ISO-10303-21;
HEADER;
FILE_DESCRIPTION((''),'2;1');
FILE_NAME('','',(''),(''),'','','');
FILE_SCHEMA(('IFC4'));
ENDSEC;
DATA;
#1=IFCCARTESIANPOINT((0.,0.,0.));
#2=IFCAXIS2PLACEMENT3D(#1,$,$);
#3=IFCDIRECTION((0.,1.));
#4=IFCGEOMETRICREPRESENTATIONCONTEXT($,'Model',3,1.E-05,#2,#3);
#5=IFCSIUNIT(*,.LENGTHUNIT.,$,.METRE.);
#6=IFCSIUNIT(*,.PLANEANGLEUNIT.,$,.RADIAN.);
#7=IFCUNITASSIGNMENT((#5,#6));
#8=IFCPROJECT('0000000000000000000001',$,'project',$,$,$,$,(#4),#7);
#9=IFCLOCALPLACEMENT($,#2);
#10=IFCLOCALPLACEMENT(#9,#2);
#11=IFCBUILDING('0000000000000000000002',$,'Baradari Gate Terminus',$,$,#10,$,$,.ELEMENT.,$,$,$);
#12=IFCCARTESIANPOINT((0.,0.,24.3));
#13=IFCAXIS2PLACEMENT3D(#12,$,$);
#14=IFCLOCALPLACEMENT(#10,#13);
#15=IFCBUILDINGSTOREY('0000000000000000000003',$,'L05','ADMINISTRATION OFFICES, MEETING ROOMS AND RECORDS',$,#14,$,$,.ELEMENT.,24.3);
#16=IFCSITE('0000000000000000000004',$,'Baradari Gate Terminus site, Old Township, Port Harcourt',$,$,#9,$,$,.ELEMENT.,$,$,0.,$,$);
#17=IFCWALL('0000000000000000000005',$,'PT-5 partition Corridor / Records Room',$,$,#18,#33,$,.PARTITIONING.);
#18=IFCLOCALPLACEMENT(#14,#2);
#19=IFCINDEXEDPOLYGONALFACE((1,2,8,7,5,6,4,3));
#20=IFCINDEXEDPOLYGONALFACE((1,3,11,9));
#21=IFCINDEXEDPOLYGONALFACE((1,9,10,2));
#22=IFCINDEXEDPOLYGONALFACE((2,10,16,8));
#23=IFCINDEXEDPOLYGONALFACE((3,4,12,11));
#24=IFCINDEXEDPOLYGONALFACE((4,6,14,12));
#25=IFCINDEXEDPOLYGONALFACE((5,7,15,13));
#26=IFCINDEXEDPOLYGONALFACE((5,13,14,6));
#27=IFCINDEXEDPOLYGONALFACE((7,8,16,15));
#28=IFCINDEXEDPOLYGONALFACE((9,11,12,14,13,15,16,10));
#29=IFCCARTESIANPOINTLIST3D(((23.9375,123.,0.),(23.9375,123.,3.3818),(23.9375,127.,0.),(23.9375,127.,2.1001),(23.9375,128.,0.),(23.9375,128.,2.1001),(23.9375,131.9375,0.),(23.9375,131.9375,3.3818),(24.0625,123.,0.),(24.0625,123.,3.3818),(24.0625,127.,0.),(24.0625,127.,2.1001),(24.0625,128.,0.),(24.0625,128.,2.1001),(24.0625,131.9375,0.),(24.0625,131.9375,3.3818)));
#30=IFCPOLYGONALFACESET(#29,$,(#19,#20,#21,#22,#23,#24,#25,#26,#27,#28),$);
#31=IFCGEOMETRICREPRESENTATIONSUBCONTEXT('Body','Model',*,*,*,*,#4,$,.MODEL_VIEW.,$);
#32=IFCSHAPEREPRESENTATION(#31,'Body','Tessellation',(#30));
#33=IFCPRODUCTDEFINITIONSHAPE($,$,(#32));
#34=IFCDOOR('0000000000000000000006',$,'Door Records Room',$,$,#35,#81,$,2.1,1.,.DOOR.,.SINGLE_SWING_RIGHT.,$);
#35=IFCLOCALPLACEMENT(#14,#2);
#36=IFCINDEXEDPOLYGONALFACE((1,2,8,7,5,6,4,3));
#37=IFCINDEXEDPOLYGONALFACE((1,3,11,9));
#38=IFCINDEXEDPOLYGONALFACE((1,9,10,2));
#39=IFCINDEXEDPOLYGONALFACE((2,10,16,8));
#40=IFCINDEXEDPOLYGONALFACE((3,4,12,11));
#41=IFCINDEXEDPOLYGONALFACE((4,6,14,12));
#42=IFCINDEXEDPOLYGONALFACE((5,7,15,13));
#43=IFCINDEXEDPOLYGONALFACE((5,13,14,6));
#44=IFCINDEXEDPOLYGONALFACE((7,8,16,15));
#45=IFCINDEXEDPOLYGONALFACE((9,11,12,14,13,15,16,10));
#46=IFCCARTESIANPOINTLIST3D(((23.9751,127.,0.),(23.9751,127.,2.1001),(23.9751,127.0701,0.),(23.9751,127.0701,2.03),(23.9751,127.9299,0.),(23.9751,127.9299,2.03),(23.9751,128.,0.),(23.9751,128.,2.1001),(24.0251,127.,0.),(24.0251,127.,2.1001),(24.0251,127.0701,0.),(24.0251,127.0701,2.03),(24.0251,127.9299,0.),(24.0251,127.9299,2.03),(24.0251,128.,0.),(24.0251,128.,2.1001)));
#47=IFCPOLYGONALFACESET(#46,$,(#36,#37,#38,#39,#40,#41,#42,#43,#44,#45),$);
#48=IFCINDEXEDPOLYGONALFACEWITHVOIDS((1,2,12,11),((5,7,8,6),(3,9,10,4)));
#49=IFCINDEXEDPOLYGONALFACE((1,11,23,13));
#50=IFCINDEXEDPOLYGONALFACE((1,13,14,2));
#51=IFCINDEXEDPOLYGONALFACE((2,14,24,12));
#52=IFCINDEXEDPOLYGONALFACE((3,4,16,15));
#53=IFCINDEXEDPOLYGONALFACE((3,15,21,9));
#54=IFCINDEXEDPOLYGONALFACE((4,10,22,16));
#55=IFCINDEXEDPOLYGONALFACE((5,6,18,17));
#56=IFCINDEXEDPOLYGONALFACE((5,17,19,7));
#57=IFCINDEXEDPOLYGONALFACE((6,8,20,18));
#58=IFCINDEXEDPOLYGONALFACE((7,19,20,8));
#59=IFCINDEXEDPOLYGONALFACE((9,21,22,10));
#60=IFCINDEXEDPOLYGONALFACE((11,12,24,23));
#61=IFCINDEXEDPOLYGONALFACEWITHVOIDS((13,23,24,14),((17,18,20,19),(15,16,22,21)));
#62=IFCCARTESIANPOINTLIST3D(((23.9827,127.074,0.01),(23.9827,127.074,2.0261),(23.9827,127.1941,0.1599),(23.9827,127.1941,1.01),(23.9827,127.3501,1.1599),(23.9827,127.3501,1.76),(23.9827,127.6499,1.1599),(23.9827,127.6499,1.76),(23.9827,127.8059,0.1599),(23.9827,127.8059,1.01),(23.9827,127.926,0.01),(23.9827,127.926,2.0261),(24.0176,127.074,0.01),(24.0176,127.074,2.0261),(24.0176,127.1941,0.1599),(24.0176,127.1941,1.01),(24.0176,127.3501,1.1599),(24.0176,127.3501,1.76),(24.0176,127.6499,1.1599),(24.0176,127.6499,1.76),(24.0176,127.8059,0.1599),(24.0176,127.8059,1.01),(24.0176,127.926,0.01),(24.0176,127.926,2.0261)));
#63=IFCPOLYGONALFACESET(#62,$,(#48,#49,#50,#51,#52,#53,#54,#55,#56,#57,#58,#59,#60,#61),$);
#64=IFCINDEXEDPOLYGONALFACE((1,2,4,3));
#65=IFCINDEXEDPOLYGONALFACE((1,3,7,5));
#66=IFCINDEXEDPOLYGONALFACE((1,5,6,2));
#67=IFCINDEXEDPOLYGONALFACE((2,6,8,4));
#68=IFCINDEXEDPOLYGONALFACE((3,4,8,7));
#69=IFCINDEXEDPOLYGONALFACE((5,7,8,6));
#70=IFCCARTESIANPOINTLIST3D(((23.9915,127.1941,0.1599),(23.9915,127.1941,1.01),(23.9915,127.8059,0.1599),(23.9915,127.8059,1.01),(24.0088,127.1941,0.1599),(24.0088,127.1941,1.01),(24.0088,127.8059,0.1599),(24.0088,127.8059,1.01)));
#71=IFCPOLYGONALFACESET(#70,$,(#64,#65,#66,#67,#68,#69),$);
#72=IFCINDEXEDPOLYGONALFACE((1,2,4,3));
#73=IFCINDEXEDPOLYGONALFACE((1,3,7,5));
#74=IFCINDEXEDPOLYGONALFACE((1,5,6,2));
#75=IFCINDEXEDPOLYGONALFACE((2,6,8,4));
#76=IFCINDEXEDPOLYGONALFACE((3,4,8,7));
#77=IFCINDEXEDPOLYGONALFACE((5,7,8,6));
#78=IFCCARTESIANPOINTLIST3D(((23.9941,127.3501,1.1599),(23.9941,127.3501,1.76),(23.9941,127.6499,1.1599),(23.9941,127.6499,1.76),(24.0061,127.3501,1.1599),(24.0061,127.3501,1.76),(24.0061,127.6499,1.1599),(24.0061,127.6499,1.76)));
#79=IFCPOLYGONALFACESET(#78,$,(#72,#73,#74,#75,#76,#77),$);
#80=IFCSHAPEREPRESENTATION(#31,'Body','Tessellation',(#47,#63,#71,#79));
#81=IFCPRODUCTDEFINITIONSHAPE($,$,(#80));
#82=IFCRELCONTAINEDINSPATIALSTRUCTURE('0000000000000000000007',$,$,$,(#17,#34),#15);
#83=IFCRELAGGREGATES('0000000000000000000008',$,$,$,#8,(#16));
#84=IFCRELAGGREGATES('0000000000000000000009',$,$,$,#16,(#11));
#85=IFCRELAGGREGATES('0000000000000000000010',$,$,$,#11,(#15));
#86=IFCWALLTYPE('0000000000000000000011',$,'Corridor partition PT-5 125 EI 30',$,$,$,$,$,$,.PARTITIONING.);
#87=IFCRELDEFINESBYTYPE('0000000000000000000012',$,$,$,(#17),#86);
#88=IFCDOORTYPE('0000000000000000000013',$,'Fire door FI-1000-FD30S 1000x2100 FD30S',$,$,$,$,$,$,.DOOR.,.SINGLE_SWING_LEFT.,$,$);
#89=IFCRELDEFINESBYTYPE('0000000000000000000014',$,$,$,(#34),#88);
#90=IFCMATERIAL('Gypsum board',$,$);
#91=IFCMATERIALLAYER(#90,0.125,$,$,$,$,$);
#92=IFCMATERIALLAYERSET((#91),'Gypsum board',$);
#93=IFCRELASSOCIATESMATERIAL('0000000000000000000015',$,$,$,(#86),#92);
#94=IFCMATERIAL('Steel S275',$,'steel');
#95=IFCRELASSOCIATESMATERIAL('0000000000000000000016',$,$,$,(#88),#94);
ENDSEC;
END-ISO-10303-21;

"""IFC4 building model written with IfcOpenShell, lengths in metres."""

from ifc_helpers import new_model, si_unit, direction, frame, frame_2d, origin, place, context, subcontext, project, spatial, polyline, rectangle, outline, extrude, material, layer, layer_set, type_object, element, fill, save


model = new_model("IFC4")

# Units and contexts
model_context = context("Model", 3, precision=1e-05, world=origin(), true_north=direction((0.0, 1.0)))
body_context = subcontext(model_context, "Body", "Model", "MODEL_VIEW")
ifc_project = project(units=[si_unit("LENGTHUNIT", "METRE"), si_unit("PLANEANGLEUNIT", "RADIAN")], contexts=[model_context])

# Site, building, storey
site_placement = place(None, origin())
site = spatial("IfcSite", under=ifc_project, at=site_placement, Name="Baradari Gate Terminus site, Old Township, Port Harcourt", CompositionType="ELEMENT", RefElevation=0.0)
building_placement = place(site_placement, origin())
building = spatial("IfcBuilding", under=site, at=building_placement, Name="Baradari Gate Terminus", CompositionType="ELEMENT")
storey_placement = place(building_placement, frame((0.0, 0.0, 24.3)))
storey = spatial("IfcBuildingStorey", under=building, at=storey_placement, Name="L05", Description="ADMINISTRATION OFFICES, MEETING ROOMS AND RECORDS", CompositionType="ELEMENT", Elevation=24.3)

# Wall, opening, door
ifc_material_1 = material(Name="Gypsum board")
ifc_layer_1 = layer(ifc_material_1, 0.125)
ifc_layer_set_1 = layer_set([ifc_layer_1], Name="Gypsum board")
wall_type_1 = type_object("IfcWallType", Name="Corridor partition PT-5 125 EI 30", PredefinedType="PARTITIONING", material=ifc_layer_set_1)
wall_1_placement = place(storey_placement, frame((24.0, 123.0, 0.0), z_axis=(0.0, 0.0, 1.0), x_axis=(0.0, 1.0, 0.0)))
wall_1 = element("IfcWall", 1, at=wall_1_placement, inside=storey, type_object=wall_type_1, Name="PT-5 partition Corridor / Records Room", PredefinedType="PARTITIONING", context=body_context, shape_type="SweptSolid", body=[
    extrude(rectangle(XDim=8.9375, YDim=0.125, at=frame_2d((4.4688, 0.0))), origin(), (0.0, 0.0, 1.0), 3.3818),
])
opening_1_placement = place(wall_1_placement, frame((4.0, 0.0, 0.0)))
opening_1 = element("IfcOpeningElement", 2, at=opening_1_placement, cuts=wall_1, PredefinedType="OPENING", context=body_context, shape_type="SweptSolid", body=[
    extrude(rectangle(XDim=1.0, YDim=2.1001, at=frame_2d((0.5, 1.05))), frame((0.0, 0.0725, 0.0), z_axis=(0.0, -1.0, 0.0), x_axis=(1.0, 0.0, 0.0)), (0.0, 0.0, 1.0), 0.145),
])
ifc_material_2 = material(Name="Steel S275", Category="steel")
door_type_1 = type_object("IfcDoorType", Name="Fire door FI-1000-FD30S 1000x2100 FD30S", OperationType="SINGLE_SWING_LEFT", PredefinedType="DOOR", material=ifc_material_2)
door_1_placement = place(opening_1_placement, origin())
door_1 = element("IfcDoor", 3, at=door_1_placement, inside=storey, type_object=door_type_1, Name="Door Records Room", OperationType="SINGLE_SWING_RIGHT", OverallHeight=2.1, OverallWidth=1.0, PredefinedType="DOOR", context=body_context, shape_type="SweptSolid", body=[
    extrude(outline(polyline([(0.0, 0.0), (0.0701, 0.0), (0.0701, 2.03), (0.9299, 2.03), (0.9299, 0.0), (1.0, 0.0), (1.0, 2.1001), (0.0, 2.1001), (0.0, 0.0)])), frame((0.0, 0.0249, 0.0), z_axis=(0.0, -1.0, 0.0), x_axis=(1.0, 0.0, 0.0)), (0.0, 0.0, 1.0), 0.05),
    extrude(outline(polyline([(0.074, 0.01), (0.926, 0.01), (0.926, 2.0261), (0.074, 2.0261), (0.074, 0.01)]), holes=[polyline([(0.1941, 0.1599), (0.8059, 0.1599), (0.8059, 1.01), (0.1941, 1.01), (0.1941, 0.1599)]), polyline([(0.3501, 1.1599), (0.6499, 1.1599), (0.6499, 1.76), (0.3501, 1.76), (0.3501, 1.1599)])]), frame((0.0, 0.0173, 0.0), z_axis=(0.0, -1.0, 0.0), x_axis=(1.0, 0.0, 0.0)), (0.0, 0.0, 1.0), 0.0349),
    extrude(rectangle(XDim=0.6118, YDim=0.8501, at=frame_2d((0.5, 0.585))), frame((0.0, 0.0085, 0.0), z_axis=(0.0, -1.0, 0.0), x_axis=(1.0, 0.0, 0.0)), (0.0, 0.0, 1.0), 0.0173),
    extrude(rectangle(XDim=0.2998, YDim=0.6001, at=frame_2d((0.5, 1.46))), frame((0.0, 0.0059, 0.0), z_axis=(0.0, -1.0, 0.0), x_axis=(1.0, 0.0, 0.0)), (0.0, 0.0, 1.0), 0.012),
])
fill(opening_1, door_1)

save(model, "model.ifc")
